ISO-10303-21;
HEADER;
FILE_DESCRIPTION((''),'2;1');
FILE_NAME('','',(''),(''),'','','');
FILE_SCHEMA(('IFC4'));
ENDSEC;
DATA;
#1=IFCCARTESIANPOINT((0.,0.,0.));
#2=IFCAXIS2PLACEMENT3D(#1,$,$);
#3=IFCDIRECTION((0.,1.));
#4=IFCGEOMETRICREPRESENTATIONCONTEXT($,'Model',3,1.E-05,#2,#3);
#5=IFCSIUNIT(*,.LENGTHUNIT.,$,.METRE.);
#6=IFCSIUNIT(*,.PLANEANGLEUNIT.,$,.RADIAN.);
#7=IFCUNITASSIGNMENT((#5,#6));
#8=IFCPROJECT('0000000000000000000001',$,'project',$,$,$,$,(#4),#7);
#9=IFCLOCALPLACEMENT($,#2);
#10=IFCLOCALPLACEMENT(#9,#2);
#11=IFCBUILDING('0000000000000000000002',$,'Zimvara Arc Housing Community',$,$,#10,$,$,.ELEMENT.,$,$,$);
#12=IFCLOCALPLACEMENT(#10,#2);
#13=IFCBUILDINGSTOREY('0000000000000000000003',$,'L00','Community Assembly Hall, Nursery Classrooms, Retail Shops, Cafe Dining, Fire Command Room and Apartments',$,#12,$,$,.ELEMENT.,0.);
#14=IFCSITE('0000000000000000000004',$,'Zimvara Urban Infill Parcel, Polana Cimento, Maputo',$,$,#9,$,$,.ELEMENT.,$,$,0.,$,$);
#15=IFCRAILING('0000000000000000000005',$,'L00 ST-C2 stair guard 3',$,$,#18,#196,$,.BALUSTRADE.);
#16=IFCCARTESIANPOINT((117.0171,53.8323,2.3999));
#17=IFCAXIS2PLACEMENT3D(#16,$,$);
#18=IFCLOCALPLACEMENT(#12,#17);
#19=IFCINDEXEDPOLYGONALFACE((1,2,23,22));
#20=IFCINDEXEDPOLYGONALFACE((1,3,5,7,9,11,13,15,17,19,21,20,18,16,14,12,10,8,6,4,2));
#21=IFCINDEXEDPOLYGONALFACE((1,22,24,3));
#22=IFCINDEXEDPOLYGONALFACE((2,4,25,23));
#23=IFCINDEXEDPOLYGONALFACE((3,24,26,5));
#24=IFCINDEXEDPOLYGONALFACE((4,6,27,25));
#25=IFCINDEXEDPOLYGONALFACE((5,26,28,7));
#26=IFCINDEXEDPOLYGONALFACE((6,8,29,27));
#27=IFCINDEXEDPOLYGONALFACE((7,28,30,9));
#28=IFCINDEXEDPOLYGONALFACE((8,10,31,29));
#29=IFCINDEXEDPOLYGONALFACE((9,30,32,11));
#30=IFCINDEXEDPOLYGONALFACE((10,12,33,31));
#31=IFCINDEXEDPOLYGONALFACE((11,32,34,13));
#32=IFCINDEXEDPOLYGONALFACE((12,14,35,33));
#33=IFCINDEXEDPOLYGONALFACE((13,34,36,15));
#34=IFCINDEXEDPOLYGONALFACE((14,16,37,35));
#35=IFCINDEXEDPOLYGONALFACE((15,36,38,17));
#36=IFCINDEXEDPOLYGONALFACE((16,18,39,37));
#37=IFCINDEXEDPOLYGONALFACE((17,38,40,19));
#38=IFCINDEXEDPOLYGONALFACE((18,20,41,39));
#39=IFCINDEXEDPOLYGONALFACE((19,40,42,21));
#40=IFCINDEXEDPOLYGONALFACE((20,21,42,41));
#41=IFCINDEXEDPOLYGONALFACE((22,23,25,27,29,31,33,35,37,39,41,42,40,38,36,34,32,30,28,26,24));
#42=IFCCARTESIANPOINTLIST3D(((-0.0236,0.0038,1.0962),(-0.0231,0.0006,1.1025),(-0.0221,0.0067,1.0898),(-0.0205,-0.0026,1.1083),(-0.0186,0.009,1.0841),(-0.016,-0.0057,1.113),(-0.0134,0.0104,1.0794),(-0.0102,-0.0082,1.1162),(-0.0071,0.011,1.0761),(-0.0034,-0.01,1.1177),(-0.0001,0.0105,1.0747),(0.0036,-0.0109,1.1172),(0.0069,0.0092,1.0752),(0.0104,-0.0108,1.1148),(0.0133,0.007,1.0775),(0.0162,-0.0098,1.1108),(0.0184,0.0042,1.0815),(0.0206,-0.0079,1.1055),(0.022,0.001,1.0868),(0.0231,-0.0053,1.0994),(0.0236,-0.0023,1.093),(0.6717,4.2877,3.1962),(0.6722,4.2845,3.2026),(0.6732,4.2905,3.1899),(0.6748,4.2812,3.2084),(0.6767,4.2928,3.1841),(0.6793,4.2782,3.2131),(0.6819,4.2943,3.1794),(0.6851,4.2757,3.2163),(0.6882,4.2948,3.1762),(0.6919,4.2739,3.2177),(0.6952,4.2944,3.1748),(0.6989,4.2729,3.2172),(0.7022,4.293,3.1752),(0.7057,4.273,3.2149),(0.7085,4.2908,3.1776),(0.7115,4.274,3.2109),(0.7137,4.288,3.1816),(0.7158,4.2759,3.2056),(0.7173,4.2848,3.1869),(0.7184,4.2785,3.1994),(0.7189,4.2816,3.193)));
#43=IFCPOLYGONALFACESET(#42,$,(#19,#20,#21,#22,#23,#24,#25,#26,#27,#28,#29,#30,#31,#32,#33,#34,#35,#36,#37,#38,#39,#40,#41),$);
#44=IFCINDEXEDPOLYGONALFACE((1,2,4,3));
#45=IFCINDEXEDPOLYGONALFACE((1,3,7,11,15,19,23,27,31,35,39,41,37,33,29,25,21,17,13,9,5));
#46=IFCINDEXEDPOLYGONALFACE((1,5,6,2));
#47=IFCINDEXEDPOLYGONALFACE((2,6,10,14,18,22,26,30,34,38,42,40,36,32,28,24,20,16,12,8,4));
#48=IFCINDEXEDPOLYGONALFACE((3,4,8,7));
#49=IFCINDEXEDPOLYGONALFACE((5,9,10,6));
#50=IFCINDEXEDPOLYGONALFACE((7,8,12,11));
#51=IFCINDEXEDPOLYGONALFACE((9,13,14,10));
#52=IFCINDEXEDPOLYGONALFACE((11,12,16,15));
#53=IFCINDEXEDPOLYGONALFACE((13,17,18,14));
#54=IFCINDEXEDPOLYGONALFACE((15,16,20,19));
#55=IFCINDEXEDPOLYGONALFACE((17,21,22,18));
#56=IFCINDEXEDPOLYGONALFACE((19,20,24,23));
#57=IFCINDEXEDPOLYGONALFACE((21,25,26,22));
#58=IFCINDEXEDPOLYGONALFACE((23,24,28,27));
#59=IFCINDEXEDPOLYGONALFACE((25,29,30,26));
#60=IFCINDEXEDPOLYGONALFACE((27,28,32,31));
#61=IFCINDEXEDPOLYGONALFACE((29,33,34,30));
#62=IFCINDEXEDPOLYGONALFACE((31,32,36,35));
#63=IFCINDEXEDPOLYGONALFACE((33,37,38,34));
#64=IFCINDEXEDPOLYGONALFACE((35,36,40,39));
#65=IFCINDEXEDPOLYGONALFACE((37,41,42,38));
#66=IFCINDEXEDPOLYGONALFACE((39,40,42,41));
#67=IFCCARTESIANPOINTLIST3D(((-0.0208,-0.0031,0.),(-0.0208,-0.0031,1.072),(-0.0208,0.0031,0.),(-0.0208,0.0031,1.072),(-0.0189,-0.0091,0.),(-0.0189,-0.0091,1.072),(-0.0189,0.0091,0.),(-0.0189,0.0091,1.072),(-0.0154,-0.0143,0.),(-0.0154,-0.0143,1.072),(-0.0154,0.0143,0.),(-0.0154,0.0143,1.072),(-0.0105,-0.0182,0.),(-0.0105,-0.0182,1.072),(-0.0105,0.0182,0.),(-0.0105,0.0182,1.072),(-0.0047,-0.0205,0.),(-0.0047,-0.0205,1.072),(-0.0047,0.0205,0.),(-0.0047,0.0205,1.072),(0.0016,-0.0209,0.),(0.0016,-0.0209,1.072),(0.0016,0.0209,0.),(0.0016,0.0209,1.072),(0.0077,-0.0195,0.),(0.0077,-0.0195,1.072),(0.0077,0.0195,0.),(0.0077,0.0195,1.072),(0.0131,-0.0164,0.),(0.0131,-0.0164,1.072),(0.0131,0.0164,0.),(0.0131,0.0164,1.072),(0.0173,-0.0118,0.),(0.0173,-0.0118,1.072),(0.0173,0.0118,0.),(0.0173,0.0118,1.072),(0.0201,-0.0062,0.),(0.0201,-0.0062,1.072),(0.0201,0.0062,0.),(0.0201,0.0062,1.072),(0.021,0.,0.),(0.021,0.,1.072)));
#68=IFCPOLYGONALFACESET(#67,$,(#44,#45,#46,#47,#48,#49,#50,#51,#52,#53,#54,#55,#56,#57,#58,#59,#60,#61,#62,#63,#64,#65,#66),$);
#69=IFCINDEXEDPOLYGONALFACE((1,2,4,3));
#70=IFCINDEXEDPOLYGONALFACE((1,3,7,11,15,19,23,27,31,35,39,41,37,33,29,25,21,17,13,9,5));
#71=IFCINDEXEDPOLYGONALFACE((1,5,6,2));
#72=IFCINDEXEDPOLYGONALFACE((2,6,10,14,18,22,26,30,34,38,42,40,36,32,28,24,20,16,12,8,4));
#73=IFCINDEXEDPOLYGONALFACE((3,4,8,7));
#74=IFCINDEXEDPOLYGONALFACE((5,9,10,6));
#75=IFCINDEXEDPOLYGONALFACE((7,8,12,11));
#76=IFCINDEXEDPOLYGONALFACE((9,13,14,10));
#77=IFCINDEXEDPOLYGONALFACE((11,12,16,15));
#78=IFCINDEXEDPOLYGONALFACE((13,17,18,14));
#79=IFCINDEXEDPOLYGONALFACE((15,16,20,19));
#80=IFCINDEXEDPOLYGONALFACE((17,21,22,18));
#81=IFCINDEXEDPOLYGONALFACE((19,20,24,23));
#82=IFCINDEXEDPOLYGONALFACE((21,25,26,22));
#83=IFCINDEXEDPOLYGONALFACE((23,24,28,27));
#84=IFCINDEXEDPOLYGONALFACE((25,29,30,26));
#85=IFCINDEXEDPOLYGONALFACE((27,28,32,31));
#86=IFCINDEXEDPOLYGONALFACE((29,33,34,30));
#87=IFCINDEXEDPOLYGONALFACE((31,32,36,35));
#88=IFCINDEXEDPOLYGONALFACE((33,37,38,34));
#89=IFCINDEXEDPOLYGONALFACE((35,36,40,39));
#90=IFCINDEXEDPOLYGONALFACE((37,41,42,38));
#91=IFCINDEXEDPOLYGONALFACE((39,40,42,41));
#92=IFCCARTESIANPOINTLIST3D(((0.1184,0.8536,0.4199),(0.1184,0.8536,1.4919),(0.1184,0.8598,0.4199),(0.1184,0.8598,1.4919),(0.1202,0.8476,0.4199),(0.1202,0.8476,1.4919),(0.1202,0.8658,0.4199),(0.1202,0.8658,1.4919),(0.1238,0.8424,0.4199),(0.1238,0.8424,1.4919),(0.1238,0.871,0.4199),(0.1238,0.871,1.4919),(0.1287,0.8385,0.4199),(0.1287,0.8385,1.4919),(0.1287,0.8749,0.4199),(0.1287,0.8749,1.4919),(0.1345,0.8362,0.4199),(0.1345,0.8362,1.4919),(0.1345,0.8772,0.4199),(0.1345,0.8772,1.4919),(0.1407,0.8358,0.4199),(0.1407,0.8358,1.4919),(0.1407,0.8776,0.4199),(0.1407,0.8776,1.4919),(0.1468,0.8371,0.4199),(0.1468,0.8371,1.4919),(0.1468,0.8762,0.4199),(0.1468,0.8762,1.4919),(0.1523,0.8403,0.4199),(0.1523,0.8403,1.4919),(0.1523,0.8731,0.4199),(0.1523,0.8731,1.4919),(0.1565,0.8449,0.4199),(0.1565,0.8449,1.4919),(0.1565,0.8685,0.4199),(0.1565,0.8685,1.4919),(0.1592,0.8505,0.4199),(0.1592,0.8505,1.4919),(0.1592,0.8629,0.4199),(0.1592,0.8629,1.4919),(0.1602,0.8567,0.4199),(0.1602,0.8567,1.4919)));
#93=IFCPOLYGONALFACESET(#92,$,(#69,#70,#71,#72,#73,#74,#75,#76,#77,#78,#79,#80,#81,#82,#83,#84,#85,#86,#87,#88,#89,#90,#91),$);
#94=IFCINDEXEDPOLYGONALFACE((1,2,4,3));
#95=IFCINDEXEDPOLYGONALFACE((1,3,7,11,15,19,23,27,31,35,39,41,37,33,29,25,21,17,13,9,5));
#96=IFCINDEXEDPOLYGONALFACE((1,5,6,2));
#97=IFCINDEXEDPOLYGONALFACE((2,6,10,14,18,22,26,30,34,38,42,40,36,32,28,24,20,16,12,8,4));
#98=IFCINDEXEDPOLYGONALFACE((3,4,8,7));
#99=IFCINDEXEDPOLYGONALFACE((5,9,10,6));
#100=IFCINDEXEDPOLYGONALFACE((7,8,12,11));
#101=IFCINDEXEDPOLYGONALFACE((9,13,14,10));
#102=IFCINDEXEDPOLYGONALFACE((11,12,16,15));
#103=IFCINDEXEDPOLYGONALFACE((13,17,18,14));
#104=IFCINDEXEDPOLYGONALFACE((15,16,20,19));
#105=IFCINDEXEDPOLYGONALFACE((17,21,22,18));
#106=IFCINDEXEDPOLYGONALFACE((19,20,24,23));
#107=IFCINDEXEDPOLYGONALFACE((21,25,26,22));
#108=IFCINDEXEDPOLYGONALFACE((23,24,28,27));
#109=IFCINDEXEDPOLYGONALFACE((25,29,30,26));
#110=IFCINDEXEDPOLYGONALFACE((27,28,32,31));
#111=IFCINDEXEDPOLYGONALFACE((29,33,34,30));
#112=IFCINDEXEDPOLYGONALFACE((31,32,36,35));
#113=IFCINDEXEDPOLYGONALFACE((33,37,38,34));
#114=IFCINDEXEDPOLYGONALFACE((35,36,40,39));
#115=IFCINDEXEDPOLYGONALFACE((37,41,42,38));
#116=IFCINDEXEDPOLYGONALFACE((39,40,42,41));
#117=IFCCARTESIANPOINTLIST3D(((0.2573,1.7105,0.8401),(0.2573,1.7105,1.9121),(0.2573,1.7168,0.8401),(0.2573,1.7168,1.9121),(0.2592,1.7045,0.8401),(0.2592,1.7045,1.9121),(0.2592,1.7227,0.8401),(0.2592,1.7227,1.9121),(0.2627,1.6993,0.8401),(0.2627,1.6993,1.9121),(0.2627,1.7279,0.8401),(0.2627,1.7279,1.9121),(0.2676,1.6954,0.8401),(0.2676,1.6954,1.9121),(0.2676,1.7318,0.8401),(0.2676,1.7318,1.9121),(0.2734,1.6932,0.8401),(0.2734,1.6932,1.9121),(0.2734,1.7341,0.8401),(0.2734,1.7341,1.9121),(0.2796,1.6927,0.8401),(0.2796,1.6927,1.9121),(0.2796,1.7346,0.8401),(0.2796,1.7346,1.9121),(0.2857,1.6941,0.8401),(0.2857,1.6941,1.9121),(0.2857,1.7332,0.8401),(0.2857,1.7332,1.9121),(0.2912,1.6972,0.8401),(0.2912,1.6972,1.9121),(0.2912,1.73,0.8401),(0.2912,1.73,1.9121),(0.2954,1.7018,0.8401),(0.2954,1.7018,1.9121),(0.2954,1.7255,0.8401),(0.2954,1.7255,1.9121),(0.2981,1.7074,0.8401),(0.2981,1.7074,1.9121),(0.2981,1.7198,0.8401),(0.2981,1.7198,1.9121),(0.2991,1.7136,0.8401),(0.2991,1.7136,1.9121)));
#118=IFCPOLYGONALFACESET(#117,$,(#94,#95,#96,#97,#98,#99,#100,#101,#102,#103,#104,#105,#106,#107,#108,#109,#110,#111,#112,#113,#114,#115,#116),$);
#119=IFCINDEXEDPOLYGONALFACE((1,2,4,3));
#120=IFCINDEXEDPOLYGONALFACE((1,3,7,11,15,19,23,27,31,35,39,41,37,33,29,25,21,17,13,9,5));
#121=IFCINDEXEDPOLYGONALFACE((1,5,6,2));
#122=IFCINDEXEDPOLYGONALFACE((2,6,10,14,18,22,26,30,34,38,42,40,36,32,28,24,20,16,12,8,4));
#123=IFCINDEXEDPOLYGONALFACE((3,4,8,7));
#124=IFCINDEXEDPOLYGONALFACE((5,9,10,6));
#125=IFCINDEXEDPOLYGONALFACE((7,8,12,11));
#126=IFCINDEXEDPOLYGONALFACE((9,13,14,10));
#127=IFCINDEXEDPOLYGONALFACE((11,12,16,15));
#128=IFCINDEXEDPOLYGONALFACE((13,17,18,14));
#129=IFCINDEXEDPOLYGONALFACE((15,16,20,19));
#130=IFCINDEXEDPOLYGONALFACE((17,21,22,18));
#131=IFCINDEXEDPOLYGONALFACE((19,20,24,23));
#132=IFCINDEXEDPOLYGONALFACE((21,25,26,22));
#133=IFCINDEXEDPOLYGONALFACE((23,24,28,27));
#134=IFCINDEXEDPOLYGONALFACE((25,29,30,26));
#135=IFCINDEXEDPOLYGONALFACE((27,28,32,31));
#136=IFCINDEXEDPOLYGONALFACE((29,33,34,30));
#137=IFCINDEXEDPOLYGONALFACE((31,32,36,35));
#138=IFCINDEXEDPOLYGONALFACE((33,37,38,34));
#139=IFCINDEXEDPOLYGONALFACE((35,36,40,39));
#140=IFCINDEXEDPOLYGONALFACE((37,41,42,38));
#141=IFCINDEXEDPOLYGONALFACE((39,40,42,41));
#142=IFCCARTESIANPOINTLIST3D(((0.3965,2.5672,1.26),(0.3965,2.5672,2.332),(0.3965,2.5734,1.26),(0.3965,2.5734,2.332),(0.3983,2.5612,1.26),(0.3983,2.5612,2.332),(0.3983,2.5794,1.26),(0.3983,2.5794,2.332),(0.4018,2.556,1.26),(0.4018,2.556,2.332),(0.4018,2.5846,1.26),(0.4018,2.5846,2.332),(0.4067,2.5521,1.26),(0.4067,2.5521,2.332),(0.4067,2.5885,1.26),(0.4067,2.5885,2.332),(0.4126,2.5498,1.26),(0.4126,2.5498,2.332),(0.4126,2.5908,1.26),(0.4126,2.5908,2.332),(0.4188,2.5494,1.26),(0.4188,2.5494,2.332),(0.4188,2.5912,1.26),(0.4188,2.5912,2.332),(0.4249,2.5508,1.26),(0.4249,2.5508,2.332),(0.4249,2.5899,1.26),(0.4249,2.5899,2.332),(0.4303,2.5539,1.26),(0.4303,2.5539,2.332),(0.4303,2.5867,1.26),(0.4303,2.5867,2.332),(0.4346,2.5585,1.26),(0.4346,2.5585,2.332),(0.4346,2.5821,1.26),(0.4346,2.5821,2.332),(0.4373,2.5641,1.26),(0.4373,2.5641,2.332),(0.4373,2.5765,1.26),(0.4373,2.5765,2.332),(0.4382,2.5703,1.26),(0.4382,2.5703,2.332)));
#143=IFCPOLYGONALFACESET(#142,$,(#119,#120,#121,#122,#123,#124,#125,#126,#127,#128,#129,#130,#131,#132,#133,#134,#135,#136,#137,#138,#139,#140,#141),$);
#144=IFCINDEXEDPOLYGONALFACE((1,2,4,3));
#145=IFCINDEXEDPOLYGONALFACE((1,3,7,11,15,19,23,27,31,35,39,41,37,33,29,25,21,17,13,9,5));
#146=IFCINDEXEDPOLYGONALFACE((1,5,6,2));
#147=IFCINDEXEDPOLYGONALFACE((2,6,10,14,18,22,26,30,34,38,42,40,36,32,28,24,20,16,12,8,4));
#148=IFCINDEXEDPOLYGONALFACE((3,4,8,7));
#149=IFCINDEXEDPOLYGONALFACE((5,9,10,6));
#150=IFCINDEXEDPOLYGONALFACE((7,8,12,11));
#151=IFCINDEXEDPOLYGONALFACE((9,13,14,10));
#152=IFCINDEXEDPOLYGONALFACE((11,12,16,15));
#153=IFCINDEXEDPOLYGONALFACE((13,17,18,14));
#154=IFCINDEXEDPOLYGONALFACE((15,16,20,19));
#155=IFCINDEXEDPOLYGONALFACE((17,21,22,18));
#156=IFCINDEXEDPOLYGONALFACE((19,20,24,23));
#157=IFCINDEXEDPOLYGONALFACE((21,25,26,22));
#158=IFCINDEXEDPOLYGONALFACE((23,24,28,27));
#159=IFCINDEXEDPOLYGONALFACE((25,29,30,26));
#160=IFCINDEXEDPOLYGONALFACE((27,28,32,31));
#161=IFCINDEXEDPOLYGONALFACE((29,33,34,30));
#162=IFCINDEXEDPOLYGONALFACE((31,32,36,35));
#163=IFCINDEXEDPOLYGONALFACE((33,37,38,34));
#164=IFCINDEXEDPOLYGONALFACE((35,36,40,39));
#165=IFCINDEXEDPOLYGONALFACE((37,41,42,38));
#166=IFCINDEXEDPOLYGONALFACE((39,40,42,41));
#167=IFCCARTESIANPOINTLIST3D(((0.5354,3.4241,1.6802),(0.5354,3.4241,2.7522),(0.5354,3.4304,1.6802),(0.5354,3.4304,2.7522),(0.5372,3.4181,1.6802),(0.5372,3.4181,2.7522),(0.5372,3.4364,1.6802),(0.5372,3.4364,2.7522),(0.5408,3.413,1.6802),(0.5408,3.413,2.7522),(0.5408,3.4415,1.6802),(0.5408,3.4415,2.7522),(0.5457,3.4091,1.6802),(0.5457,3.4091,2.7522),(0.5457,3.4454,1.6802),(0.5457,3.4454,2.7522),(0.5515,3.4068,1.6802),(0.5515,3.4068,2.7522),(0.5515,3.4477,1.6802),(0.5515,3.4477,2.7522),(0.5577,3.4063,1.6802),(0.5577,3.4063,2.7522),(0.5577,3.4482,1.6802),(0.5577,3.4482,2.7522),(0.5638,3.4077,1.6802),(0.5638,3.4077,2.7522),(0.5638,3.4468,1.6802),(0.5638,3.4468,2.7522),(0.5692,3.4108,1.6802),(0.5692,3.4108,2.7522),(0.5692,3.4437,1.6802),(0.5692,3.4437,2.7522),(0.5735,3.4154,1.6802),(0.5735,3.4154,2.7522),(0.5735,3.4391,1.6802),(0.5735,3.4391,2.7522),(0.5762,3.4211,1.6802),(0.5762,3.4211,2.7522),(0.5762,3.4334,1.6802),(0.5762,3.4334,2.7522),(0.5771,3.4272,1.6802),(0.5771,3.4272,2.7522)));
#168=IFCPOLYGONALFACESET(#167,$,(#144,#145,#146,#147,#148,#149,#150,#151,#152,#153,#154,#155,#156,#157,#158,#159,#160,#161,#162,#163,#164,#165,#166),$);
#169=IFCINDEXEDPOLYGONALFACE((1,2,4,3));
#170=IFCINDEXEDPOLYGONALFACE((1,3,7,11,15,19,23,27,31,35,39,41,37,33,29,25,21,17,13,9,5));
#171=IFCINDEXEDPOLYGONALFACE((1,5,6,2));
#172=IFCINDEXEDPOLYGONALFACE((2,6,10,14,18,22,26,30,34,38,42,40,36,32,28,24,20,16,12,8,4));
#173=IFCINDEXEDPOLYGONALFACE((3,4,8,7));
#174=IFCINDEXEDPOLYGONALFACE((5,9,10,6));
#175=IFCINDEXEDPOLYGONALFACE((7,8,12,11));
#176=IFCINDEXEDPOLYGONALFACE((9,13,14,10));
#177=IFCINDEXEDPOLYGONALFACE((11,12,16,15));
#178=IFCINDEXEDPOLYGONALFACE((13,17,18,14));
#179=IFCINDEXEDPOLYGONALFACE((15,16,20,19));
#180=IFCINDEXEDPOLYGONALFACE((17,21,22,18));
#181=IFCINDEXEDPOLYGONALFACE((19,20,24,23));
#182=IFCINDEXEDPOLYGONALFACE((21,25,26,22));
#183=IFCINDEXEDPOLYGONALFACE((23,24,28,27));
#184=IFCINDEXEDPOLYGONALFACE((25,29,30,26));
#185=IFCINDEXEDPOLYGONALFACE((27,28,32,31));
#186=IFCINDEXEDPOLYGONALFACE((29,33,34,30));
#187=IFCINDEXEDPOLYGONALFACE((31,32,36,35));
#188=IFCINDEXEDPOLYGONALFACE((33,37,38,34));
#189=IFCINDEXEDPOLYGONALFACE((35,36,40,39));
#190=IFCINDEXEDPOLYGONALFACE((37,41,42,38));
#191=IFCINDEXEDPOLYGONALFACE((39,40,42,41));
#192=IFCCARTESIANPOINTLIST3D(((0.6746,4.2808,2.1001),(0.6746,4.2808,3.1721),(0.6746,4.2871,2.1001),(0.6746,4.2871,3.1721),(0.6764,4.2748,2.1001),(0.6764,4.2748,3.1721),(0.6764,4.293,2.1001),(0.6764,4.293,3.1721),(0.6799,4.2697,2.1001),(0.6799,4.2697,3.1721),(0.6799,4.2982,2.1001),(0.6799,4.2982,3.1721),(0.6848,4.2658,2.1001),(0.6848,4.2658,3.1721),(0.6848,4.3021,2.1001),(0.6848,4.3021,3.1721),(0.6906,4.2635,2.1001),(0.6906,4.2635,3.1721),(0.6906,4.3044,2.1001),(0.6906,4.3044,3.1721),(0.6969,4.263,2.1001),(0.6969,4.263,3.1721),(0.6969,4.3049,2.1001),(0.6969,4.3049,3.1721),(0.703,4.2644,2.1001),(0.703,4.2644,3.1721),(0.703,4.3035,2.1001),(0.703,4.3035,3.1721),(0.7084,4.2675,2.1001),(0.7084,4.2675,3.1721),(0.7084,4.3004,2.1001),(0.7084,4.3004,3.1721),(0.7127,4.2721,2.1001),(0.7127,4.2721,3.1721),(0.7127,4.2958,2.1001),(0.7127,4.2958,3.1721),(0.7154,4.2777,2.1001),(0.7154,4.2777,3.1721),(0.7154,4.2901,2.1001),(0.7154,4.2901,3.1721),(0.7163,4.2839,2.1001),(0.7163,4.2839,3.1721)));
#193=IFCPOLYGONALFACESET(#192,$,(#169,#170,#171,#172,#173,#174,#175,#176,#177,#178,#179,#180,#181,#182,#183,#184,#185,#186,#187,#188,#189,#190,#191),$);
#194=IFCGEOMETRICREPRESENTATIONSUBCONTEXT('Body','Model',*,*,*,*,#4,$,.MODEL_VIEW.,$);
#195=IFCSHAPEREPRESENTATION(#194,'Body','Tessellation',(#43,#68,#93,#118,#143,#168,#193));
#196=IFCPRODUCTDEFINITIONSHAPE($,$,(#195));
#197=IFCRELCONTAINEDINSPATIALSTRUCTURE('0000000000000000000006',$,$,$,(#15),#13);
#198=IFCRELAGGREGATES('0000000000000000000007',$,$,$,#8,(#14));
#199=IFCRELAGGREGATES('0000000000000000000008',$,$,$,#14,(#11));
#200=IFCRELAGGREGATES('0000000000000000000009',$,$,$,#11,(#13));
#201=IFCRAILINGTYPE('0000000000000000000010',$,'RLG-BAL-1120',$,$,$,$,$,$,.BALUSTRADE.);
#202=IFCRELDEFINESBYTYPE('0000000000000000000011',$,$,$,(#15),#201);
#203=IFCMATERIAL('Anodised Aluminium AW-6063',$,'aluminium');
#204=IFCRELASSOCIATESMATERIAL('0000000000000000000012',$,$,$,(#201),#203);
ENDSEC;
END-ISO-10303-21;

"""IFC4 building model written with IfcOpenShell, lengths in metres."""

from ifc_helpers import new_model, si_unit, direction, frame, origin, origin_2d, place, context, subcontext, project, spatial, circle, extrude, material, type_object, element, save


model = new_model("IFC4")

# Units and contexts
model_context = context("Model", 3, precision=1e-05, world=origin(), true_north=direction((0.0, 1.0)))
body_context = subcontext(model_context, "Body", "Model", "MODEL_VIEW")
ifc_project = project(units=[si_unit("LENGTHUNIT", "METRE"), si_unit("PLANEANGLEUNIT", "RADIAN")], contexts=[model_context])

# Site, building, storey
site_placement = place(None, origin())
site = spatial("IfcSite", under=ifc_project, at=site_placement, Name="Zimvara Urban Infill Parcel, Polana Cimento, Maputo", CompositionType="ELEMENT", RefElevation=0.0)
building_placement = place(site_placement, origin())
building = spatial("IfcBuilding", under=site, at=building_placement, Name="Zimvara Arc Housing Community", CompositionType="ELEMENT")
storey_placement = place(building_placement, origin())
storey = spatial("IfcBuildingStorey", under=building, at=storey_placement, Name="L00", Description="Community Assembly Hall, Nursery Classrooms, Retail Shops, Cafe Dining, Fire Command Room and Apartments", CompositionType="ELEMENT", Elevation=0.0)

# Railing
ifc_material_1 = material(Name="Anodised Aluminium AW-6063", Category="aluminium")
railing_type_1 = type_object("IfcRailingType", Name="RLG-BAL-1120", PredefinedType="BALUSTRADE", material=ifc_material_1)
railing_1_placement = place(storey_placement, frame((117.0171, 53.8323, 2.3999)))
element("IfcRailing", 1, at=railing_1_placement, inside=storey, type_object=railing_type_1, Name="L00 ST-C2 stair guard 3", PredefinedType="BALUSTRADE", context=body_context, shape_type="SweptSolid", body=[
    extrude(circle(Radius=0.0239, at=origin_2d()), frame((0.0, 0.0, 1.0962), z_axis=(0.144214, 0.888524, 0.435578), x_axis=(-0.987083, 0.16021, 0.0)), (0.0, 0.0, 1.0), 4.8213),
    extrude(circle(Radius=0.021, at=origin_2d()), origin(), (0.0, 0.0, 1.0), 1.072),
    extrude(circle(Radius=0.021, at=origin_2d()), frame((0.1392, 0.8567, 0.4199)), (0.0, 0.0, 1.0), 1.072),
    extrude(circle(Radius=0.021, at=origin_2d()), frame((0.2781, 1.7136, 0.8401)), (0.0, 0.0, 1.0), 1.072),
    extrude(circle(Radius=0.021, at=origin_2d()), frame((0.4172, 2.5703, 1.26)), (0.0, 0.0, 1.0), 1.072),
    extrude(circle(Radius=0.021, at=origin_2d()), frame((0.5562, 3.4272, 1.6802)), (0.0, 0.0, 1.0), 1.072),
    extrude(circle(Radius=0.021, at=origin_2d()), frame((0.6953, 4.2839, 2.1001)), (0.0, 0.0, 1.0), 1.072),
])

save(model, "model.ifc")
